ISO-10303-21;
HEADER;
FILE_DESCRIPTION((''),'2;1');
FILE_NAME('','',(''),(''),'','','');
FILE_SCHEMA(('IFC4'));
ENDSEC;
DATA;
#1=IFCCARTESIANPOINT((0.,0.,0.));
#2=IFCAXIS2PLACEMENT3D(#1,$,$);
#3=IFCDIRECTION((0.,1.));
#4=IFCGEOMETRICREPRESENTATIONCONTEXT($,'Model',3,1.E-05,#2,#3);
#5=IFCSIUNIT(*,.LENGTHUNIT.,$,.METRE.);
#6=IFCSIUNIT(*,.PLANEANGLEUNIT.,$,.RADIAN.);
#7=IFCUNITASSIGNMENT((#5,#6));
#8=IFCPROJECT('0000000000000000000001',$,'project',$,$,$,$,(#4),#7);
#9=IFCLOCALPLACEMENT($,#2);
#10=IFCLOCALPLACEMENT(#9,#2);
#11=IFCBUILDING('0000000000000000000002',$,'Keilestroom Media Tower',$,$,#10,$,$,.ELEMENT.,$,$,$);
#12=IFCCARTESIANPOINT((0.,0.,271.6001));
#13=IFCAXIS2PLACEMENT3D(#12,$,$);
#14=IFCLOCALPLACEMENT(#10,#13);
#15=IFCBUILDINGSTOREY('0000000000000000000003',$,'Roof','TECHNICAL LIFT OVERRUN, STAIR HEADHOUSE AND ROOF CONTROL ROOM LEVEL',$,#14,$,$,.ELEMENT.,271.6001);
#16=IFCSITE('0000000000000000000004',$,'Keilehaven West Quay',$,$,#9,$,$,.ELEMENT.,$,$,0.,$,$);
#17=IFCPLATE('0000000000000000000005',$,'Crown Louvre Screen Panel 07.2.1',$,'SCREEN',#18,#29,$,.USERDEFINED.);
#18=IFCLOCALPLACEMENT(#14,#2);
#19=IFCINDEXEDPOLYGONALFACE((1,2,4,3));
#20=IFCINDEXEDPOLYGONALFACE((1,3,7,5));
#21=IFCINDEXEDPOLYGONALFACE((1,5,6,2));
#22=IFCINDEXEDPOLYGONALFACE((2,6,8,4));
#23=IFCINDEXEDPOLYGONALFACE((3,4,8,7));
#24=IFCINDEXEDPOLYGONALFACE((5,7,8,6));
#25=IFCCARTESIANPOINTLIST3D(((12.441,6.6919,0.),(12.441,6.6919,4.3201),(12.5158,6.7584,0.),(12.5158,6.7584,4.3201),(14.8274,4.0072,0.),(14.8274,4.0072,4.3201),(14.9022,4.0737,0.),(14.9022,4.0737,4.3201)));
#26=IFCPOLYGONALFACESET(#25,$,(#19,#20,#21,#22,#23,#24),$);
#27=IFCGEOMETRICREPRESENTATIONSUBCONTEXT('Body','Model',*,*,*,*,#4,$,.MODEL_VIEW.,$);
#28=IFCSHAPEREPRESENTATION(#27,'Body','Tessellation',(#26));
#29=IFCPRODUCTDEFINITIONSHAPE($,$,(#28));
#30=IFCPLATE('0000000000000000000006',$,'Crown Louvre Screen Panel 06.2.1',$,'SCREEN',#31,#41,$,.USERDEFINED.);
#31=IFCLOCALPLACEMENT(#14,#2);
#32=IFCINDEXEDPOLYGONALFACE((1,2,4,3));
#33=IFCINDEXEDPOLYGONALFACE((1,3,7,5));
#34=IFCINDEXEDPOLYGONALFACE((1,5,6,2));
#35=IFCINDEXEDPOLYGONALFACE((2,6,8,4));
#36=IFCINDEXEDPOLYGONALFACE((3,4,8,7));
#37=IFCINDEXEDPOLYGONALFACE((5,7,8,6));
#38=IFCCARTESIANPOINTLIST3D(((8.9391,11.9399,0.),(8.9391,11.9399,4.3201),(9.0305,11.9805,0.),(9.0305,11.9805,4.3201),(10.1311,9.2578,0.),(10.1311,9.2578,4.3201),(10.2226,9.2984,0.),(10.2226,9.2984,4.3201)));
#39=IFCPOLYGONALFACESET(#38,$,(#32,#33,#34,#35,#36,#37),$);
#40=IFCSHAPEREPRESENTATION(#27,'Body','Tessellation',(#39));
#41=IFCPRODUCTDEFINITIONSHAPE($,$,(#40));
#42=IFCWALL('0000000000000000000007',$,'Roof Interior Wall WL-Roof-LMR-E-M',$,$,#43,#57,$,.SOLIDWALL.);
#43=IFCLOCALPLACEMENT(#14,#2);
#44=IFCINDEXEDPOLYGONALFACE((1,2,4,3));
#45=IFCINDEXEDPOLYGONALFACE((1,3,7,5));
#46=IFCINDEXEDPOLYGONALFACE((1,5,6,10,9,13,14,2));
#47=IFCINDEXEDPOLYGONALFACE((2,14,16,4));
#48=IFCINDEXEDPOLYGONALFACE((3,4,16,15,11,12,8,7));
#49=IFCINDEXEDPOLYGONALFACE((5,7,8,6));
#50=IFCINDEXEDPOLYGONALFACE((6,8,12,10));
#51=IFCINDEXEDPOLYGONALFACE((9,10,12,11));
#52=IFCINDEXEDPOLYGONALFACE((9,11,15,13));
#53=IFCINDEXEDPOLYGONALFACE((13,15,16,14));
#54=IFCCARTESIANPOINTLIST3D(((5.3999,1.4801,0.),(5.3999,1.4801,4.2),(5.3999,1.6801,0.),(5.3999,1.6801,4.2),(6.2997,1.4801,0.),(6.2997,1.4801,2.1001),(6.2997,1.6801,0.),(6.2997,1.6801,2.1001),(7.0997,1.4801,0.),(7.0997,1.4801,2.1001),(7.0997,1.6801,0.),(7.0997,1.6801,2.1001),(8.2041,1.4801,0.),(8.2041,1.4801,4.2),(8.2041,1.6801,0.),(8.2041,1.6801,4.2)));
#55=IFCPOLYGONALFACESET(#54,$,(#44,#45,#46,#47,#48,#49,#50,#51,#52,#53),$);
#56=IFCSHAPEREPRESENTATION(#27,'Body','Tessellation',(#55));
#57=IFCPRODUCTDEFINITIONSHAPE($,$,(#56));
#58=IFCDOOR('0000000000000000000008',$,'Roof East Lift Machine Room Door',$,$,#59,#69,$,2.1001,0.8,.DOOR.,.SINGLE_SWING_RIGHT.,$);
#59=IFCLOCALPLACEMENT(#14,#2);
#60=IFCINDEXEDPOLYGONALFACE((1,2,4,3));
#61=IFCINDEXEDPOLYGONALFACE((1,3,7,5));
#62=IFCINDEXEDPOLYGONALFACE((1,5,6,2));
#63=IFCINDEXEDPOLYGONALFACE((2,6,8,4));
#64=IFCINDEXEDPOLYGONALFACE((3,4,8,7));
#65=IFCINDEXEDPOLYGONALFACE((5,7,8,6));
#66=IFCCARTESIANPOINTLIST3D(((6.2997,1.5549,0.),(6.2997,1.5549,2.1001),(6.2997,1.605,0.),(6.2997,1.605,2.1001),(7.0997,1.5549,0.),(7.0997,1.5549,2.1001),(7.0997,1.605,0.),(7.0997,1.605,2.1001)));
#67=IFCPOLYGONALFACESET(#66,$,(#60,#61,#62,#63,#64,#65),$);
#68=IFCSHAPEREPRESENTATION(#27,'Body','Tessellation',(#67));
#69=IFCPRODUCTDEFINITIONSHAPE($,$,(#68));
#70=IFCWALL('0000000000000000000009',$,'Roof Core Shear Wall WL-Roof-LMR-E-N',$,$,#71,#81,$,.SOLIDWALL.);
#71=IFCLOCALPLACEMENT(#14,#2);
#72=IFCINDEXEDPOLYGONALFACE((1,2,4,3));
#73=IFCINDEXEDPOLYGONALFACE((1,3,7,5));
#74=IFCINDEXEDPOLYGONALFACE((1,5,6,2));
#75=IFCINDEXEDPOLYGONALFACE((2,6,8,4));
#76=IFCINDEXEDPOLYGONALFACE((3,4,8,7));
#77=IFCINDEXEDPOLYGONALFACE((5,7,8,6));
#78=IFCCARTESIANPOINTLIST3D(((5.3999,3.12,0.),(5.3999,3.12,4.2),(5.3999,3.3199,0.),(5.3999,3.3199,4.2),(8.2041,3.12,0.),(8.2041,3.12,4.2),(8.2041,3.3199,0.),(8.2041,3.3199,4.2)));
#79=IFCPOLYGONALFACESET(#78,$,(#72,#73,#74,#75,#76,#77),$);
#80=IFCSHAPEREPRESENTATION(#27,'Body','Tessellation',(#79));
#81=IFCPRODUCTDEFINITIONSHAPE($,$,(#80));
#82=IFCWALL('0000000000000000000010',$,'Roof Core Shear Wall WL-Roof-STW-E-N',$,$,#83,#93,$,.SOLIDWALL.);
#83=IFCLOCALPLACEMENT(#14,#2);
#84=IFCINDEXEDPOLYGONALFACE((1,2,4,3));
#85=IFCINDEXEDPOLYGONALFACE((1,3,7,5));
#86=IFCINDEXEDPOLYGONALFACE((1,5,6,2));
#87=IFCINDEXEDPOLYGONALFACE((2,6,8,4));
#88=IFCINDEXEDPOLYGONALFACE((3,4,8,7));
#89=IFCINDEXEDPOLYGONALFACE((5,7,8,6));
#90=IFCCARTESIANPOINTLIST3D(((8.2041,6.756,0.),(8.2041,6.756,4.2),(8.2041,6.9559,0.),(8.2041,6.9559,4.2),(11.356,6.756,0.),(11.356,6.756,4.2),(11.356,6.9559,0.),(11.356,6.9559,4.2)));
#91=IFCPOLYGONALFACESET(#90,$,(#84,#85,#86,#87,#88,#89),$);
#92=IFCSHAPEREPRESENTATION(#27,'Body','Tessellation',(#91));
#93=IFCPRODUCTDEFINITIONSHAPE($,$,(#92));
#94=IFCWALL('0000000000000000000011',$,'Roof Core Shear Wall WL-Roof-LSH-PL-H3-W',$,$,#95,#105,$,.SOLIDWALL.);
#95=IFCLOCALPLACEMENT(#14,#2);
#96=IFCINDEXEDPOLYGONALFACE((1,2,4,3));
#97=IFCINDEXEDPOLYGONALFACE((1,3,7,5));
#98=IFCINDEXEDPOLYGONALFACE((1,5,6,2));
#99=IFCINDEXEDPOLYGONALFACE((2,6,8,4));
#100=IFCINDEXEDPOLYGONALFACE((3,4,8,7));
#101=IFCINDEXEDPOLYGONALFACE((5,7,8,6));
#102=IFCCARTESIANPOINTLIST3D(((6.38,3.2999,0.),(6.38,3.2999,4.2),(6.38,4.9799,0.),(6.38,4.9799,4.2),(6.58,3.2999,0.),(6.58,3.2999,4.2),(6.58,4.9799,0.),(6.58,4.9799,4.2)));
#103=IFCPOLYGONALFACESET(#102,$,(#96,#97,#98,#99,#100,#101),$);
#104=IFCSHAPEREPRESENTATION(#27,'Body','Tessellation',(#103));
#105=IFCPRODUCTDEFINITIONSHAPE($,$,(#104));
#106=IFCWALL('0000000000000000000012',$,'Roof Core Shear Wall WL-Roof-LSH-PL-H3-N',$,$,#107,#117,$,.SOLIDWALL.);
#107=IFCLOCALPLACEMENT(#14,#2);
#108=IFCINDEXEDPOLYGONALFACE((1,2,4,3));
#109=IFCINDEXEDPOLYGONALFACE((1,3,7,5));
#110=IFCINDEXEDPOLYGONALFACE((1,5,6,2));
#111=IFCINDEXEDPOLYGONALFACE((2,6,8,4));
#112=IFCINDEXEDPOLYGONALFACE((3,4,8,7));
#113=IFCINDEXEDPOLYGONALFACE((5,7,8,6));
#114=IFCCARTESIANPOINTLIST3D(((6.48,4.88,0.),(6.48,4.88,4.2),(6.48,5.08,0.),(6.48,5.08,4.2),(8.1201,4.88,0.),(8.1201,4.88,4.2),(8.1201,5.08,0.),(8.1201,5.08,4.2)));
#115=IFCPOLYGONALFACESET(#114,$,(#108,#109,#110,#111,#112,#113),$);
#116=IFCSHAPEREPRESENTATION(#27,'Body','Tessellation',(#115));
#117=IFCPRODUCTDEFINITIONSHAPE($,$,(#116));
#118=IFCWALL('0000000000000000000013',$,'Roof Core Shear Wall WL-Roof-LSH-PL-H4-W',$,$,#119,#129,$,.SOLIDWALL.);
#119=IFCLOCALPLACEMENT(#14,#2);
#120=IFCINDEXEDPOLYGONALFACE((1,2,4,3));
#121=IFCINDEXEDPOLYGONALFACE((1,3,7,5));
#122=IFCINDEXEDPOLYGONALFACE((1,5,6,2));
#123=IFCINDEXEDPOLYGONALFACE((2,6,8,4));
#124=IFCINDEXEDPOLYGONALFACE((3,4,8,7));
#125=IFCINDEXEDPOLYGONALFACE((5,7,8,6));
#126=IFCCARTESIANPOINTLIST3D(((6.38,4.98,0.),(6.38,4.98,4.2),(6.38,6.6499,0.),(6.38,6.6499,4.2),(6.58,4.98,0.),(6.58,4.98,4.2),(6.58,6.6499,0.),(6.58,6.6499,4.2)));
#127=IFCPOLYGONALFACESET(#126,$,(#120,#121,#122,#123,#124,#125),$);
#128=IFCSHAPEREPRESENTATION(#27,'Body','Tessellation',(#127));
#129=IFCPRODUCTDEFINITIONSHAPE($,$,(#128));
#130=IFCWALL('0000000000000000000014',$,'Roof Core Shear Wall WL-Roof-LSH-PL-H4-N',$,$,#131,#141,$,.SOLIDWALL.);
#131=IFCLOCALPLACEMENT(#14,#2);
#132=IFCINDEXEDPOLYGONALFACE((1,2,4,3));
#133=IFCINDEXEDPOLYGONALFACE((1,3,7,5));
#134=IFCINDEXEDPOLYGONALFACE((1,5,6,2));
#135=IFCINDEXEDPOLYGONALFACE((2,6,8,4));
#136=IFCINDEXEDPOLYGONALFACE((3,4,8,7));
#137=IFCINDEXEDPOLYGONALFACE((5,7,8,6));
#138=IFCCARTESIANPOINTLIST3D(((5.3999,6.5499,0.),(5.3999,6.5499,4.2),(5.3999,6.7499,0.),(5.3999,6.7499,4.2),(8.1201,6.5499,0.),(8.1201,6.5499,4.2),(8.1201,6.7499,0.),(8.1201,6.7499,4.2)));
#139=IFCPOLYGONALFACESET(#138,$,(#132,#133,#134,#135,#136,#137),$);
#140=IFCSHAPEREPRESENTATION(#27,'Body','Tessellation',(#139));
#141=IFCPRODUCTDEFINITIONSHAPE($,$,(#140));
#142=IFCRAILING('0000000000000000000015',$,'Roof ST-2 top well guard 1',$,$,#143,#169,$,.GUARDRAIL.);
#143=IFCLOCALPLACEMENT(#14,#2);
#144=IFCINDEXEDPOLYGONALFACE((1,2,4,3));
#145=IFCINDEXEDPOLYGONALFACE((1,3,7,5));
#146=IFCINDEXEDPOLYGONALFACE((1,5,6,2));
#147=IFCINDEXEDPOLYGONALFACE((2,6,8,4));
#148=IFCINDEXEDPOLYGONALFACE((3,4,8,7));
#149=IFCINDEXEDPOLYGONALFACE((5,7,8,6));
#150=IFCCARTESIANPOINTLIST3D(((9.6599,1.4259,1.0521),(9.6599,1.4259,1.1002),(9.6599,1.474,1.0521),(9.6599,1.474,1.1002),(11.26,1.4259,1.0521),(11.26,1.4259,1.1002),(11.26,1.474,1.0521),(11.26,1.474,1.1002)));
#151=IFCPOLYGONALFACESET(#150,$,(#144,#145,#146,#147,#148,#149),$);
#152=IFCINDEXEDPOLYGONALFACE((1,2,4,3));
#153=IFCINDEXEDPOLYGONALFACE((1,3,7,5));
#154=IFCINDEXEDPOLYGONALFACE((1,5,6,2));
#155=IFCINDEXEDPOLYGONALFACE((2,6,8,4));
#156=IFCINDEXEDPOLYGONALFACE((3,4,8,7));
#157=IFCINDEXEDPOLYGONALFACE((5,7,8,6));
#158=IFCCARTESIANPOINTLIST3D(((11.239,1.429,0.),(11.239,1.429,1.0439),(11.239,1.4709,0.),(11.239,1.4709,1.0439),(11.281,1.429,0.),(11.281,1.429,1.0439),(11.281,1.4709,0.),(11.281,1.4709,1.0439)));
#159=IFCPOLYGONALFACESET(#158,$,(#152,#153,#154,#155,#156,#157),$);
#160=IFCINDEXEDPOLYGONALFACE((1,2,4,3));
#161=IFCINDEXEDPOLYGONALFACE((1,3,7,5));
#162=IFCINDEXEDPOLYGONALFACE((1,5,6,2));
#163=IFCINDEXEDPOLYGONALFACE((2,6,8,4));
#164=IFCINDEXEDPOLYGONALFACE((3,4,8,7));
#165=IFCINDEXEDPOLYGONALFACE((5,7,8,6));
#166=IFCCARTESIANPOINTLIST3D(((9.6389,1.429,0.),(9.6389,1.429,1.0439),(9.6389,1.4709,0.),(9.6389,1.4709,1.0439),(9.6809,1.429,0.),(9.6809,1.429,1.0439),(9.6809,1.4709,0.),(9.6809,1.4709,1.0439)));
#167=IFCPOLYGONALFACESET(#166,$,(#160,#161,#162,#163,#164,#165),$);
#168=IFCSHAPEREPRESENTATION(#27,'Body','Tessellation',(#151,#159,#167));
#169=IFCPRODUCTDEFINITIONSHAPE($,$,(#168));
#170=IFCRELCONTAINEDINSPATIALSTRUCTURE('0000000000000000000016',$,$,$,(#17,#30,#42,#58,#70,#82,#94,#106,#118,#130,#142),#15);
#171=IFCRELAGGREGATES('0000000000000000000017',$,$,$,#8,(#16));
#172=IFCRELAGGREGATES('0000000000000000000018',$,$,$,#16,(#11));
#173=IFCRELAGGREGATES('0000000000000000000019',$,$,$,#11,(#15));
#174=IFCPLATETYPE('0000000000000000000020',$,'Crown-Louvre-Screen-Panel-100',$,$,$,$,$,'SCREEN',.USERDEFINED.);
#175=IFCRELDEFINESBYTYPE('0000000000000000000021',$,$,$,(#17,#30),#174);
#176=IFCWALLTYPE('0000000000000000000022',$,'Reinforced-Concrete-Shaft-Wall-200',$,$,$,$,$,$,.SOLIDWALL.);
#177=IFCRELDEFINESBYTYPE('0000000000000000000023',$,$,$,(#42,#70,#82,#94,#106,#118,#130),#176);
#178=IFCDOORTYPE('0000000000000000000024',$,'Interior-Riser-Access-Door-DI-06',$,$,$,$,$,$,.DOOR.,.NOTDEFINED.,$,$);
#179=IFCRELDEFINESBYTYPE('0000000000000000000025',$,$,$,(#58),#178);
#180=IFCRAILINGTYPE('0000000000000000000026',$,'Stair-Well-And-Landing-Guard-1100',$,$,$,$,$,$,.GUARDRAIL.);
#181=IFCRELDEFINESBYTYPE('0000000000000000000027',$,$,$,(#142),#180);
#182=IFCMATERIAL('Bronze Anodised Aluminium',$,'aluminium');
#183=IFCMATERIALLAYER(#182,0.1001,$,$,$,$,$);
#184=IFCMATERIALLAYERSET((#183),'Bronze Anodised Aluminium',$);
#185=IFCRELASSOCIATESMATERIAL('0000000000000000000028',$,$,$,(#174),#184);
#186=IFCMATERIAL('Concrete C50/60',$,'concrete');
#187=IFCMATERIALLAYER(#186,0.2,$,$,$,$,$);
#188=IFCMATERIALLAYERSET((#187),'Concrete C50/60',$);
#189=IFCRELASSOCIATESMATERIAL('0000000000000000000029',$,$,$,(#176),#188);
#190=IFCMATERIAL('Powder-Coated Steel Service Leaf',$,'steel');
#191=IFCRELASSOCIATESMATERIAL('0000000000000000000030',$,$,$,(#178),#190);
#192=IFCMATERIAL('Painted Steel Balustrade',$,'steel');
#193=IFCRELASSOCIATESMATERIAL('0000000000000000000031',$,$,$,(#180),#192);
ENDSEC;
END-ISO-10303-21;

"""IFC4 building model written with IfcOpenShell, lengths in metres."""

from ifc_helpers import new_model, si_unit, direction, frame, frame_2d, origin, origin_2d, place, context, subcontext, project, spatial, rectangle, extrude, source, transform, mapped, material, layer, layer_set, type_object, element, fill, save


model = new_model("IFC4")

# Units and contexts
model_context = context("Model", 3, precision=1e-05, world=origin(), true_north=direction((0.0, 1.0)))
body_context = subcontext(model_context, "Body", "Model", "MODEL_VIEW")
ifc_project = project(units=[si_unit("LENGTHUNIT", "METRE"), si_unit("PLANEANGLEUNIT", "RADIAN")], contexts=[model_context])

# Site, building, storey
site_placement = place(None, origin())
site = spatial("IfcSite", under=ifc_project, at=site_placement, Name="Keilehaven West Quay", CompositionType="ELEMENT", RefElevation=0.0)
building_placement = place(site_placement, origin())
building = spatial("IfcBuilding", under=site, at=building_placement, Name="Keilestroom Media Tower", CompositionType="ELEMENT")
storey_placement = place(building_placement, frame((0.0, 0.0, 271.6001)))
storey = spatial("IfcBuildingStorey", under=building, at=storey_placement, Name="Roof", Description="TECHNICAL LIFT OVERRUN, STAIR HEADHOUSE AND ROOF CONTROL ROOM LEVEL", CompositionType="ELEMENT", Elevation=271.6001)

# Plates
ifc_material_1 = material(Name="Bronze Anodised Aluminium", Category="aluminium")
ifc_layer_1 = layer(ifc_material_1, 0.1001)
ifc_layer_set_1 = layer_set([ifc_layer_1], Name="Bronze Anodised Aluminium")
plate_type = type_object("IfcPlateType", Name="Crown-Louvre-Screen-Panel-100", ElementType="SCREEN", PredefinedType="USERDEFINED", material=ifc_layer_set_1)
shared_shape_1 = source(origin(), body_context, "Body", "SweptSolid", [
    extrude(rectangle(XDim=3.592, YDim=0.1001, at=origin_2d()), origin(), (0.0, 0.0, 1.0), 4.3201),
])
for number, where, z_axis, x_axis, name in (
    (1, (13.6716, 5.3828, 0.0), (0.0, 0.0, 1.0), (0.664363, -0.74741, 0.0), "Crown Louvre Screen Panel 07.2.1"),
):
    element("IfcPlate", number, at=place(storey_placement, frame(where, z_axis=z_axis, x_axis=x_axis)), inside=storey, type_object=plate_type, Name=name, ObjectType="SCREEN", PredefinedType="USERDEFINED", context=body_context, shape_type="MappedRepresentation", body=[
        mapped(shared_shape_1, transform((0.0, 0.0, 0.0), x_axis=(1.0, 0.0, 0.0), y_axis=(0.0, 1.0, 0.0), z_axis=(0.0, 0.0, 1.0), scale=1.0)),
    ])
shared_shape_2 = source(origin(), body_context, "Body", "SweptSolid", [
    extrude(rectangle(XDim=2.9351, YDim=0.1001, at=origin_2d()), origin(), (0.0, 0.0, 1.0), 4.3201),
])
plate_1_placement = place(storey_placement, frame((9.5808, 10.6191, 0.0), z_axis=(0.0, 0.0, 1.0), x_axis=(0.406139, -0.913811, 0.0)))
element("IfcPlate", 2, at=plate_1_placement, inside=storey, type_object=plate_type, Name="Crown Louvre Screen Panel 06.2.1", ObjectType="SCREEN", PredefinedType="USERDEFINED", context=body_context, shape_type="MappedRepresentation", body=[
    mapped(shared_shape_2, transform((0.0, 0.0, 0.0), x_axis=(1.0, 0.0, 0.0), y_axis=(0.0, 1.0, 0.0), z_axis=(0.0, 0.0, 1.0), scale=1.0)),
])

# Wall, opening, door
ifc_material_2 = material(Name="Concrete C50/60", Category="concrete")
ifc_layer_2 = layer(ifc_material_2, 0.2)
ifc_layer_set_2 = layer_set([ifc_layer_2], Name="Concrete C50/60")
wall_type = type_object("IfcWallType", Name="Reinforced-Concrete-Shaft-Wall-200", PredefinedType="SOLIDWALL", material=ifc_layer_set_2)
wall_1_placement = place(storey_placement, frame((5.3999, 1.5801, 0.0), z_axis=(0.0, 0.0, 1.0), x_axis=(1.0, 0.0, 0.0)))
wall_1 = element("IfcWall", 3, at=wall_1_placement, inside=storey, type_object=wall_type, Name="Roof Interior Wall WL-Roof-LMR-E-M", PredefinedType="SOLIDWALL", context=body_context, shape_type="SweptSolid", body=[
    extrude(rectangle(XDim=2.8042, YDim=0.2, at=frame_2d((1.4021, 0.0))), origin(), (0.0, 0.0, 1.0), 4.2),
])
opening_placement = place(wall_1_placement, frame((0.8999, 0.0, 0.0)))
opening = element("IfcOpeningElement", 4, at=opening_placement, cuts=wall_1, PredefinedType="OPENING", context=body_context, shape_type="SweptSolid", body=[
    extrude(rectangle(XDim=0.8, YDim=2.1001, at=frame_2d((0.3999, 1.05))), frame((0.0, 0.1099, 0.0), z_axis=(0.0, -1.0, 0.0), x_axis=(1.0, 0.0, 0.0)), (0.0, 0.0, 1.0), 0.22),
])
ifc_material_3 = material(Name="Powder-Coated Steel Service Leaf", Category="steel")
door_type = type_object("IfcDoorType", Name="Interior-Riser-Access-Door-DI-06", OperationType="NOTDEFINED", PredefinedType="DOOR", material=ifc_material_3)
shared_shape_3 = source(origin(), body_context, "Body", "SweptSolid", [
    extrude(rectangle(XDim=0.8, YDim=2.1001, at=frame_2d((0.3999, 1.05))), frame((0.0, 0.0249, 0.0), z_axis=(0.0, -1.0, 0.0), x_axis=(1.0, 0.0, 0.0)), (0.0, 0.0, 1.0), 0.05),
])
door_placement = place(opening_placement, origin())
door = element("IfcDoor", 5, at=door_placement, inside=storey, type_object=door_type, Name="Roof East Lift Machine Room Door", OperationType="SINGLE_SWING_RIGHT", OverallHeight=2.1001, OverallWidth=0.8, PredefinedType="DOOR", context=body_context, shape_type="MappedRepresentation", body=[
    mapped(shared_shape_3, transform((0.0, 0.0, 0.0), x_axis=(1.0, 0.0, 0.0), y_axis=(0.0, 1.0, 0.0), z_axis=(0.0, 0.0, 1.0), scale=1.0)),
])
fill(opening, door)

# Walls
wall_2_placement = place(storey_placement, frame((5.3999, 3.22, 0.0), z_axis=(0.0, 0.0, 1.0), x_axis=(1.0, 0.0, 0.0)))
element("IfcWall", 6, at=wall_2_placement, inside=storey, type_object=wall_type, Name="Roof Core Shear Wall WL-Roof-LMR-E-N", PredefinedType="SOLIDWALL", context=body_context, shape_type="SweptSolid", body=[
    extrude(rectangle(XDim=2.8042, YDim=0.2, at=frame_2d((1.4021, 0.0))), origin(), (0.0, 0.0, 1.0), 4.2),
])
wall_3_placement = place(storey_placement, frame((8.2041, 6.856, 0.0), z_axis=(0.0, 0.0, 1.0), x_axis=(1.0, 0.0, 0.0)))
element("IfcWall", 7, at=wall_3_placement, inside=storey, type_object=wall_type, Name="Roof Core Shear Wall WL-Roof-STW-E-N", PredefinedType="SOLIDWALL", context=body_context, shape_type="SweptSolid", body=[
    extrude(rectangle(XDim=3.1519, YDim=0.2, at=frame_2d((1.5759, 0.0))), origin(), (0.0, 0.0, 1.0), 4.2),
])
wall_4_placement = place(storey_placement, frame((6.48, 3.3, 0.0), z_axis=(0.0, 0.0, 1.0), x_axis=(0.0, 1.0, 0.0)))
element("IfcWall", 8, at=wall_4_placement, inside=storey, type_object=wall_type, Name="Roof Core Shear Wall WL-Roof-LSH-PL-H3-W", PredefinedType="SOLIDWALL", context=body_context, shape_type="SweptSolid", body=[
    extrude(rectangle(XDim=1.6799, YDim=0.2, at=frame_2d((0.8398, 0.0))), origin(), (0.0, 0.0, 1.0), 4.2),
])
wall_5_placement = place(storey_placement, frame((6.48, 4.98, 0.0), z_axis=(0.0, 0.0, 1.0), x_axis=(1.0, 0.0, 0.0)))
element("IfcWall", 9, at=wall_5_placement, inside=storey, type_object=wall_type, Name="Roof Core Shear Wall WL-Roof-LSH-PL-H3-N", PredefinedType="SOLIDWALL", context=body_context, shape_type="SweptSolid", body=[
    extrude(rectangle(XDim=1.6401, YDim=0.2, at=frame_2d((0.8201, 0.0))), origin(), (0.0, 0.0, 1.0), 4.2),
])
wall_6_placement = place(storey_placement, frame((6.48, 4.98, 0.0), z_axis=(0.0, 0.0, 1.0), x_axis=(0.0, 1.0, 0.0)))
element("IfcWall", 10, at=wall_6_placement, inside=storey, type_object=wall_type, Name="Roof Core Shear Wall WL-Roof-LSH-PL-H4-W", PredefinedType="SOLIDWALL", context=body_context, shape_type="SweptSolid", body=[
    extrude(rectangle(XDim=1.6699, YDim=0.2, at=frame_2d((0.835, 0.0))), origin(), (0.0, 0.0, 1.0), 4.2),
])
wall_7_placement = place(storey_placement, frame((5.3999, 6.6499, 0.0), z_axis=(0.0, 0.0, 1.0), x_axis=(1.0, 0.0, 0.0)))
element("IfcWall", 11, at=wall_7_placement, inside=storey, type_object=wall_type, Name="Roof Core Shear Wall WL-Roof-LSH-PL-H4-N", PredefinedType="SOLIDWALL", context=body_context, shape_type="SweptSolid", body=[
    extrude(rectangle(XDim=2.7202, YDim=0.2, at=frame_2d((1.3601, 0.0))), origin(), (0.0, 0.0, 1.0), 4.2),
])

# Railing
ifc_material_4 = material(Name="Painted Steel Balustrade", Category="steel")
railing_type_1 = type_object("IfcRailingType", Name="Stair-Well-And-Landing-Guard-1100", PredefinedType="GUARDRAIL", material=ifc_material_4)
railing_1_placement = place(storey_placement, frame((11.26, 1.45, 0.0)))
element("IfcRailing", 12, at=railing_1_placement, inside=storey, type_object=railing_type_1, Name="Roof ST-2 top well guard 1", PredefinedType="GUARDRAIL", context=body_context, shape_type="SweptSolid", body=[
    extrude(rectangle(XDim=0.0481, YDim=0.0481, at=origin_2d()), frame((0.0, 0.0, 1.0762), z_axis=(-1.0, 0.0, 0.0), x_axis=(0.0, -1.0, 0.0)), (0.0, 0.0, 1.0), 1.6001),
    extrude(rectangle(XDim=0.042, YDim=0.042, at=origin_2d()), origin(), (0.0, 0.0, 1.0), 1.0439),
    extrude(rectangle(XDim=0.042, YDim=0.042, at=origin_2d()), frame((-1.6001, 0.0, 0.0)), (0.0, 0.0, 1.0), 1.0439),
])

save(model, "model.ifc")
